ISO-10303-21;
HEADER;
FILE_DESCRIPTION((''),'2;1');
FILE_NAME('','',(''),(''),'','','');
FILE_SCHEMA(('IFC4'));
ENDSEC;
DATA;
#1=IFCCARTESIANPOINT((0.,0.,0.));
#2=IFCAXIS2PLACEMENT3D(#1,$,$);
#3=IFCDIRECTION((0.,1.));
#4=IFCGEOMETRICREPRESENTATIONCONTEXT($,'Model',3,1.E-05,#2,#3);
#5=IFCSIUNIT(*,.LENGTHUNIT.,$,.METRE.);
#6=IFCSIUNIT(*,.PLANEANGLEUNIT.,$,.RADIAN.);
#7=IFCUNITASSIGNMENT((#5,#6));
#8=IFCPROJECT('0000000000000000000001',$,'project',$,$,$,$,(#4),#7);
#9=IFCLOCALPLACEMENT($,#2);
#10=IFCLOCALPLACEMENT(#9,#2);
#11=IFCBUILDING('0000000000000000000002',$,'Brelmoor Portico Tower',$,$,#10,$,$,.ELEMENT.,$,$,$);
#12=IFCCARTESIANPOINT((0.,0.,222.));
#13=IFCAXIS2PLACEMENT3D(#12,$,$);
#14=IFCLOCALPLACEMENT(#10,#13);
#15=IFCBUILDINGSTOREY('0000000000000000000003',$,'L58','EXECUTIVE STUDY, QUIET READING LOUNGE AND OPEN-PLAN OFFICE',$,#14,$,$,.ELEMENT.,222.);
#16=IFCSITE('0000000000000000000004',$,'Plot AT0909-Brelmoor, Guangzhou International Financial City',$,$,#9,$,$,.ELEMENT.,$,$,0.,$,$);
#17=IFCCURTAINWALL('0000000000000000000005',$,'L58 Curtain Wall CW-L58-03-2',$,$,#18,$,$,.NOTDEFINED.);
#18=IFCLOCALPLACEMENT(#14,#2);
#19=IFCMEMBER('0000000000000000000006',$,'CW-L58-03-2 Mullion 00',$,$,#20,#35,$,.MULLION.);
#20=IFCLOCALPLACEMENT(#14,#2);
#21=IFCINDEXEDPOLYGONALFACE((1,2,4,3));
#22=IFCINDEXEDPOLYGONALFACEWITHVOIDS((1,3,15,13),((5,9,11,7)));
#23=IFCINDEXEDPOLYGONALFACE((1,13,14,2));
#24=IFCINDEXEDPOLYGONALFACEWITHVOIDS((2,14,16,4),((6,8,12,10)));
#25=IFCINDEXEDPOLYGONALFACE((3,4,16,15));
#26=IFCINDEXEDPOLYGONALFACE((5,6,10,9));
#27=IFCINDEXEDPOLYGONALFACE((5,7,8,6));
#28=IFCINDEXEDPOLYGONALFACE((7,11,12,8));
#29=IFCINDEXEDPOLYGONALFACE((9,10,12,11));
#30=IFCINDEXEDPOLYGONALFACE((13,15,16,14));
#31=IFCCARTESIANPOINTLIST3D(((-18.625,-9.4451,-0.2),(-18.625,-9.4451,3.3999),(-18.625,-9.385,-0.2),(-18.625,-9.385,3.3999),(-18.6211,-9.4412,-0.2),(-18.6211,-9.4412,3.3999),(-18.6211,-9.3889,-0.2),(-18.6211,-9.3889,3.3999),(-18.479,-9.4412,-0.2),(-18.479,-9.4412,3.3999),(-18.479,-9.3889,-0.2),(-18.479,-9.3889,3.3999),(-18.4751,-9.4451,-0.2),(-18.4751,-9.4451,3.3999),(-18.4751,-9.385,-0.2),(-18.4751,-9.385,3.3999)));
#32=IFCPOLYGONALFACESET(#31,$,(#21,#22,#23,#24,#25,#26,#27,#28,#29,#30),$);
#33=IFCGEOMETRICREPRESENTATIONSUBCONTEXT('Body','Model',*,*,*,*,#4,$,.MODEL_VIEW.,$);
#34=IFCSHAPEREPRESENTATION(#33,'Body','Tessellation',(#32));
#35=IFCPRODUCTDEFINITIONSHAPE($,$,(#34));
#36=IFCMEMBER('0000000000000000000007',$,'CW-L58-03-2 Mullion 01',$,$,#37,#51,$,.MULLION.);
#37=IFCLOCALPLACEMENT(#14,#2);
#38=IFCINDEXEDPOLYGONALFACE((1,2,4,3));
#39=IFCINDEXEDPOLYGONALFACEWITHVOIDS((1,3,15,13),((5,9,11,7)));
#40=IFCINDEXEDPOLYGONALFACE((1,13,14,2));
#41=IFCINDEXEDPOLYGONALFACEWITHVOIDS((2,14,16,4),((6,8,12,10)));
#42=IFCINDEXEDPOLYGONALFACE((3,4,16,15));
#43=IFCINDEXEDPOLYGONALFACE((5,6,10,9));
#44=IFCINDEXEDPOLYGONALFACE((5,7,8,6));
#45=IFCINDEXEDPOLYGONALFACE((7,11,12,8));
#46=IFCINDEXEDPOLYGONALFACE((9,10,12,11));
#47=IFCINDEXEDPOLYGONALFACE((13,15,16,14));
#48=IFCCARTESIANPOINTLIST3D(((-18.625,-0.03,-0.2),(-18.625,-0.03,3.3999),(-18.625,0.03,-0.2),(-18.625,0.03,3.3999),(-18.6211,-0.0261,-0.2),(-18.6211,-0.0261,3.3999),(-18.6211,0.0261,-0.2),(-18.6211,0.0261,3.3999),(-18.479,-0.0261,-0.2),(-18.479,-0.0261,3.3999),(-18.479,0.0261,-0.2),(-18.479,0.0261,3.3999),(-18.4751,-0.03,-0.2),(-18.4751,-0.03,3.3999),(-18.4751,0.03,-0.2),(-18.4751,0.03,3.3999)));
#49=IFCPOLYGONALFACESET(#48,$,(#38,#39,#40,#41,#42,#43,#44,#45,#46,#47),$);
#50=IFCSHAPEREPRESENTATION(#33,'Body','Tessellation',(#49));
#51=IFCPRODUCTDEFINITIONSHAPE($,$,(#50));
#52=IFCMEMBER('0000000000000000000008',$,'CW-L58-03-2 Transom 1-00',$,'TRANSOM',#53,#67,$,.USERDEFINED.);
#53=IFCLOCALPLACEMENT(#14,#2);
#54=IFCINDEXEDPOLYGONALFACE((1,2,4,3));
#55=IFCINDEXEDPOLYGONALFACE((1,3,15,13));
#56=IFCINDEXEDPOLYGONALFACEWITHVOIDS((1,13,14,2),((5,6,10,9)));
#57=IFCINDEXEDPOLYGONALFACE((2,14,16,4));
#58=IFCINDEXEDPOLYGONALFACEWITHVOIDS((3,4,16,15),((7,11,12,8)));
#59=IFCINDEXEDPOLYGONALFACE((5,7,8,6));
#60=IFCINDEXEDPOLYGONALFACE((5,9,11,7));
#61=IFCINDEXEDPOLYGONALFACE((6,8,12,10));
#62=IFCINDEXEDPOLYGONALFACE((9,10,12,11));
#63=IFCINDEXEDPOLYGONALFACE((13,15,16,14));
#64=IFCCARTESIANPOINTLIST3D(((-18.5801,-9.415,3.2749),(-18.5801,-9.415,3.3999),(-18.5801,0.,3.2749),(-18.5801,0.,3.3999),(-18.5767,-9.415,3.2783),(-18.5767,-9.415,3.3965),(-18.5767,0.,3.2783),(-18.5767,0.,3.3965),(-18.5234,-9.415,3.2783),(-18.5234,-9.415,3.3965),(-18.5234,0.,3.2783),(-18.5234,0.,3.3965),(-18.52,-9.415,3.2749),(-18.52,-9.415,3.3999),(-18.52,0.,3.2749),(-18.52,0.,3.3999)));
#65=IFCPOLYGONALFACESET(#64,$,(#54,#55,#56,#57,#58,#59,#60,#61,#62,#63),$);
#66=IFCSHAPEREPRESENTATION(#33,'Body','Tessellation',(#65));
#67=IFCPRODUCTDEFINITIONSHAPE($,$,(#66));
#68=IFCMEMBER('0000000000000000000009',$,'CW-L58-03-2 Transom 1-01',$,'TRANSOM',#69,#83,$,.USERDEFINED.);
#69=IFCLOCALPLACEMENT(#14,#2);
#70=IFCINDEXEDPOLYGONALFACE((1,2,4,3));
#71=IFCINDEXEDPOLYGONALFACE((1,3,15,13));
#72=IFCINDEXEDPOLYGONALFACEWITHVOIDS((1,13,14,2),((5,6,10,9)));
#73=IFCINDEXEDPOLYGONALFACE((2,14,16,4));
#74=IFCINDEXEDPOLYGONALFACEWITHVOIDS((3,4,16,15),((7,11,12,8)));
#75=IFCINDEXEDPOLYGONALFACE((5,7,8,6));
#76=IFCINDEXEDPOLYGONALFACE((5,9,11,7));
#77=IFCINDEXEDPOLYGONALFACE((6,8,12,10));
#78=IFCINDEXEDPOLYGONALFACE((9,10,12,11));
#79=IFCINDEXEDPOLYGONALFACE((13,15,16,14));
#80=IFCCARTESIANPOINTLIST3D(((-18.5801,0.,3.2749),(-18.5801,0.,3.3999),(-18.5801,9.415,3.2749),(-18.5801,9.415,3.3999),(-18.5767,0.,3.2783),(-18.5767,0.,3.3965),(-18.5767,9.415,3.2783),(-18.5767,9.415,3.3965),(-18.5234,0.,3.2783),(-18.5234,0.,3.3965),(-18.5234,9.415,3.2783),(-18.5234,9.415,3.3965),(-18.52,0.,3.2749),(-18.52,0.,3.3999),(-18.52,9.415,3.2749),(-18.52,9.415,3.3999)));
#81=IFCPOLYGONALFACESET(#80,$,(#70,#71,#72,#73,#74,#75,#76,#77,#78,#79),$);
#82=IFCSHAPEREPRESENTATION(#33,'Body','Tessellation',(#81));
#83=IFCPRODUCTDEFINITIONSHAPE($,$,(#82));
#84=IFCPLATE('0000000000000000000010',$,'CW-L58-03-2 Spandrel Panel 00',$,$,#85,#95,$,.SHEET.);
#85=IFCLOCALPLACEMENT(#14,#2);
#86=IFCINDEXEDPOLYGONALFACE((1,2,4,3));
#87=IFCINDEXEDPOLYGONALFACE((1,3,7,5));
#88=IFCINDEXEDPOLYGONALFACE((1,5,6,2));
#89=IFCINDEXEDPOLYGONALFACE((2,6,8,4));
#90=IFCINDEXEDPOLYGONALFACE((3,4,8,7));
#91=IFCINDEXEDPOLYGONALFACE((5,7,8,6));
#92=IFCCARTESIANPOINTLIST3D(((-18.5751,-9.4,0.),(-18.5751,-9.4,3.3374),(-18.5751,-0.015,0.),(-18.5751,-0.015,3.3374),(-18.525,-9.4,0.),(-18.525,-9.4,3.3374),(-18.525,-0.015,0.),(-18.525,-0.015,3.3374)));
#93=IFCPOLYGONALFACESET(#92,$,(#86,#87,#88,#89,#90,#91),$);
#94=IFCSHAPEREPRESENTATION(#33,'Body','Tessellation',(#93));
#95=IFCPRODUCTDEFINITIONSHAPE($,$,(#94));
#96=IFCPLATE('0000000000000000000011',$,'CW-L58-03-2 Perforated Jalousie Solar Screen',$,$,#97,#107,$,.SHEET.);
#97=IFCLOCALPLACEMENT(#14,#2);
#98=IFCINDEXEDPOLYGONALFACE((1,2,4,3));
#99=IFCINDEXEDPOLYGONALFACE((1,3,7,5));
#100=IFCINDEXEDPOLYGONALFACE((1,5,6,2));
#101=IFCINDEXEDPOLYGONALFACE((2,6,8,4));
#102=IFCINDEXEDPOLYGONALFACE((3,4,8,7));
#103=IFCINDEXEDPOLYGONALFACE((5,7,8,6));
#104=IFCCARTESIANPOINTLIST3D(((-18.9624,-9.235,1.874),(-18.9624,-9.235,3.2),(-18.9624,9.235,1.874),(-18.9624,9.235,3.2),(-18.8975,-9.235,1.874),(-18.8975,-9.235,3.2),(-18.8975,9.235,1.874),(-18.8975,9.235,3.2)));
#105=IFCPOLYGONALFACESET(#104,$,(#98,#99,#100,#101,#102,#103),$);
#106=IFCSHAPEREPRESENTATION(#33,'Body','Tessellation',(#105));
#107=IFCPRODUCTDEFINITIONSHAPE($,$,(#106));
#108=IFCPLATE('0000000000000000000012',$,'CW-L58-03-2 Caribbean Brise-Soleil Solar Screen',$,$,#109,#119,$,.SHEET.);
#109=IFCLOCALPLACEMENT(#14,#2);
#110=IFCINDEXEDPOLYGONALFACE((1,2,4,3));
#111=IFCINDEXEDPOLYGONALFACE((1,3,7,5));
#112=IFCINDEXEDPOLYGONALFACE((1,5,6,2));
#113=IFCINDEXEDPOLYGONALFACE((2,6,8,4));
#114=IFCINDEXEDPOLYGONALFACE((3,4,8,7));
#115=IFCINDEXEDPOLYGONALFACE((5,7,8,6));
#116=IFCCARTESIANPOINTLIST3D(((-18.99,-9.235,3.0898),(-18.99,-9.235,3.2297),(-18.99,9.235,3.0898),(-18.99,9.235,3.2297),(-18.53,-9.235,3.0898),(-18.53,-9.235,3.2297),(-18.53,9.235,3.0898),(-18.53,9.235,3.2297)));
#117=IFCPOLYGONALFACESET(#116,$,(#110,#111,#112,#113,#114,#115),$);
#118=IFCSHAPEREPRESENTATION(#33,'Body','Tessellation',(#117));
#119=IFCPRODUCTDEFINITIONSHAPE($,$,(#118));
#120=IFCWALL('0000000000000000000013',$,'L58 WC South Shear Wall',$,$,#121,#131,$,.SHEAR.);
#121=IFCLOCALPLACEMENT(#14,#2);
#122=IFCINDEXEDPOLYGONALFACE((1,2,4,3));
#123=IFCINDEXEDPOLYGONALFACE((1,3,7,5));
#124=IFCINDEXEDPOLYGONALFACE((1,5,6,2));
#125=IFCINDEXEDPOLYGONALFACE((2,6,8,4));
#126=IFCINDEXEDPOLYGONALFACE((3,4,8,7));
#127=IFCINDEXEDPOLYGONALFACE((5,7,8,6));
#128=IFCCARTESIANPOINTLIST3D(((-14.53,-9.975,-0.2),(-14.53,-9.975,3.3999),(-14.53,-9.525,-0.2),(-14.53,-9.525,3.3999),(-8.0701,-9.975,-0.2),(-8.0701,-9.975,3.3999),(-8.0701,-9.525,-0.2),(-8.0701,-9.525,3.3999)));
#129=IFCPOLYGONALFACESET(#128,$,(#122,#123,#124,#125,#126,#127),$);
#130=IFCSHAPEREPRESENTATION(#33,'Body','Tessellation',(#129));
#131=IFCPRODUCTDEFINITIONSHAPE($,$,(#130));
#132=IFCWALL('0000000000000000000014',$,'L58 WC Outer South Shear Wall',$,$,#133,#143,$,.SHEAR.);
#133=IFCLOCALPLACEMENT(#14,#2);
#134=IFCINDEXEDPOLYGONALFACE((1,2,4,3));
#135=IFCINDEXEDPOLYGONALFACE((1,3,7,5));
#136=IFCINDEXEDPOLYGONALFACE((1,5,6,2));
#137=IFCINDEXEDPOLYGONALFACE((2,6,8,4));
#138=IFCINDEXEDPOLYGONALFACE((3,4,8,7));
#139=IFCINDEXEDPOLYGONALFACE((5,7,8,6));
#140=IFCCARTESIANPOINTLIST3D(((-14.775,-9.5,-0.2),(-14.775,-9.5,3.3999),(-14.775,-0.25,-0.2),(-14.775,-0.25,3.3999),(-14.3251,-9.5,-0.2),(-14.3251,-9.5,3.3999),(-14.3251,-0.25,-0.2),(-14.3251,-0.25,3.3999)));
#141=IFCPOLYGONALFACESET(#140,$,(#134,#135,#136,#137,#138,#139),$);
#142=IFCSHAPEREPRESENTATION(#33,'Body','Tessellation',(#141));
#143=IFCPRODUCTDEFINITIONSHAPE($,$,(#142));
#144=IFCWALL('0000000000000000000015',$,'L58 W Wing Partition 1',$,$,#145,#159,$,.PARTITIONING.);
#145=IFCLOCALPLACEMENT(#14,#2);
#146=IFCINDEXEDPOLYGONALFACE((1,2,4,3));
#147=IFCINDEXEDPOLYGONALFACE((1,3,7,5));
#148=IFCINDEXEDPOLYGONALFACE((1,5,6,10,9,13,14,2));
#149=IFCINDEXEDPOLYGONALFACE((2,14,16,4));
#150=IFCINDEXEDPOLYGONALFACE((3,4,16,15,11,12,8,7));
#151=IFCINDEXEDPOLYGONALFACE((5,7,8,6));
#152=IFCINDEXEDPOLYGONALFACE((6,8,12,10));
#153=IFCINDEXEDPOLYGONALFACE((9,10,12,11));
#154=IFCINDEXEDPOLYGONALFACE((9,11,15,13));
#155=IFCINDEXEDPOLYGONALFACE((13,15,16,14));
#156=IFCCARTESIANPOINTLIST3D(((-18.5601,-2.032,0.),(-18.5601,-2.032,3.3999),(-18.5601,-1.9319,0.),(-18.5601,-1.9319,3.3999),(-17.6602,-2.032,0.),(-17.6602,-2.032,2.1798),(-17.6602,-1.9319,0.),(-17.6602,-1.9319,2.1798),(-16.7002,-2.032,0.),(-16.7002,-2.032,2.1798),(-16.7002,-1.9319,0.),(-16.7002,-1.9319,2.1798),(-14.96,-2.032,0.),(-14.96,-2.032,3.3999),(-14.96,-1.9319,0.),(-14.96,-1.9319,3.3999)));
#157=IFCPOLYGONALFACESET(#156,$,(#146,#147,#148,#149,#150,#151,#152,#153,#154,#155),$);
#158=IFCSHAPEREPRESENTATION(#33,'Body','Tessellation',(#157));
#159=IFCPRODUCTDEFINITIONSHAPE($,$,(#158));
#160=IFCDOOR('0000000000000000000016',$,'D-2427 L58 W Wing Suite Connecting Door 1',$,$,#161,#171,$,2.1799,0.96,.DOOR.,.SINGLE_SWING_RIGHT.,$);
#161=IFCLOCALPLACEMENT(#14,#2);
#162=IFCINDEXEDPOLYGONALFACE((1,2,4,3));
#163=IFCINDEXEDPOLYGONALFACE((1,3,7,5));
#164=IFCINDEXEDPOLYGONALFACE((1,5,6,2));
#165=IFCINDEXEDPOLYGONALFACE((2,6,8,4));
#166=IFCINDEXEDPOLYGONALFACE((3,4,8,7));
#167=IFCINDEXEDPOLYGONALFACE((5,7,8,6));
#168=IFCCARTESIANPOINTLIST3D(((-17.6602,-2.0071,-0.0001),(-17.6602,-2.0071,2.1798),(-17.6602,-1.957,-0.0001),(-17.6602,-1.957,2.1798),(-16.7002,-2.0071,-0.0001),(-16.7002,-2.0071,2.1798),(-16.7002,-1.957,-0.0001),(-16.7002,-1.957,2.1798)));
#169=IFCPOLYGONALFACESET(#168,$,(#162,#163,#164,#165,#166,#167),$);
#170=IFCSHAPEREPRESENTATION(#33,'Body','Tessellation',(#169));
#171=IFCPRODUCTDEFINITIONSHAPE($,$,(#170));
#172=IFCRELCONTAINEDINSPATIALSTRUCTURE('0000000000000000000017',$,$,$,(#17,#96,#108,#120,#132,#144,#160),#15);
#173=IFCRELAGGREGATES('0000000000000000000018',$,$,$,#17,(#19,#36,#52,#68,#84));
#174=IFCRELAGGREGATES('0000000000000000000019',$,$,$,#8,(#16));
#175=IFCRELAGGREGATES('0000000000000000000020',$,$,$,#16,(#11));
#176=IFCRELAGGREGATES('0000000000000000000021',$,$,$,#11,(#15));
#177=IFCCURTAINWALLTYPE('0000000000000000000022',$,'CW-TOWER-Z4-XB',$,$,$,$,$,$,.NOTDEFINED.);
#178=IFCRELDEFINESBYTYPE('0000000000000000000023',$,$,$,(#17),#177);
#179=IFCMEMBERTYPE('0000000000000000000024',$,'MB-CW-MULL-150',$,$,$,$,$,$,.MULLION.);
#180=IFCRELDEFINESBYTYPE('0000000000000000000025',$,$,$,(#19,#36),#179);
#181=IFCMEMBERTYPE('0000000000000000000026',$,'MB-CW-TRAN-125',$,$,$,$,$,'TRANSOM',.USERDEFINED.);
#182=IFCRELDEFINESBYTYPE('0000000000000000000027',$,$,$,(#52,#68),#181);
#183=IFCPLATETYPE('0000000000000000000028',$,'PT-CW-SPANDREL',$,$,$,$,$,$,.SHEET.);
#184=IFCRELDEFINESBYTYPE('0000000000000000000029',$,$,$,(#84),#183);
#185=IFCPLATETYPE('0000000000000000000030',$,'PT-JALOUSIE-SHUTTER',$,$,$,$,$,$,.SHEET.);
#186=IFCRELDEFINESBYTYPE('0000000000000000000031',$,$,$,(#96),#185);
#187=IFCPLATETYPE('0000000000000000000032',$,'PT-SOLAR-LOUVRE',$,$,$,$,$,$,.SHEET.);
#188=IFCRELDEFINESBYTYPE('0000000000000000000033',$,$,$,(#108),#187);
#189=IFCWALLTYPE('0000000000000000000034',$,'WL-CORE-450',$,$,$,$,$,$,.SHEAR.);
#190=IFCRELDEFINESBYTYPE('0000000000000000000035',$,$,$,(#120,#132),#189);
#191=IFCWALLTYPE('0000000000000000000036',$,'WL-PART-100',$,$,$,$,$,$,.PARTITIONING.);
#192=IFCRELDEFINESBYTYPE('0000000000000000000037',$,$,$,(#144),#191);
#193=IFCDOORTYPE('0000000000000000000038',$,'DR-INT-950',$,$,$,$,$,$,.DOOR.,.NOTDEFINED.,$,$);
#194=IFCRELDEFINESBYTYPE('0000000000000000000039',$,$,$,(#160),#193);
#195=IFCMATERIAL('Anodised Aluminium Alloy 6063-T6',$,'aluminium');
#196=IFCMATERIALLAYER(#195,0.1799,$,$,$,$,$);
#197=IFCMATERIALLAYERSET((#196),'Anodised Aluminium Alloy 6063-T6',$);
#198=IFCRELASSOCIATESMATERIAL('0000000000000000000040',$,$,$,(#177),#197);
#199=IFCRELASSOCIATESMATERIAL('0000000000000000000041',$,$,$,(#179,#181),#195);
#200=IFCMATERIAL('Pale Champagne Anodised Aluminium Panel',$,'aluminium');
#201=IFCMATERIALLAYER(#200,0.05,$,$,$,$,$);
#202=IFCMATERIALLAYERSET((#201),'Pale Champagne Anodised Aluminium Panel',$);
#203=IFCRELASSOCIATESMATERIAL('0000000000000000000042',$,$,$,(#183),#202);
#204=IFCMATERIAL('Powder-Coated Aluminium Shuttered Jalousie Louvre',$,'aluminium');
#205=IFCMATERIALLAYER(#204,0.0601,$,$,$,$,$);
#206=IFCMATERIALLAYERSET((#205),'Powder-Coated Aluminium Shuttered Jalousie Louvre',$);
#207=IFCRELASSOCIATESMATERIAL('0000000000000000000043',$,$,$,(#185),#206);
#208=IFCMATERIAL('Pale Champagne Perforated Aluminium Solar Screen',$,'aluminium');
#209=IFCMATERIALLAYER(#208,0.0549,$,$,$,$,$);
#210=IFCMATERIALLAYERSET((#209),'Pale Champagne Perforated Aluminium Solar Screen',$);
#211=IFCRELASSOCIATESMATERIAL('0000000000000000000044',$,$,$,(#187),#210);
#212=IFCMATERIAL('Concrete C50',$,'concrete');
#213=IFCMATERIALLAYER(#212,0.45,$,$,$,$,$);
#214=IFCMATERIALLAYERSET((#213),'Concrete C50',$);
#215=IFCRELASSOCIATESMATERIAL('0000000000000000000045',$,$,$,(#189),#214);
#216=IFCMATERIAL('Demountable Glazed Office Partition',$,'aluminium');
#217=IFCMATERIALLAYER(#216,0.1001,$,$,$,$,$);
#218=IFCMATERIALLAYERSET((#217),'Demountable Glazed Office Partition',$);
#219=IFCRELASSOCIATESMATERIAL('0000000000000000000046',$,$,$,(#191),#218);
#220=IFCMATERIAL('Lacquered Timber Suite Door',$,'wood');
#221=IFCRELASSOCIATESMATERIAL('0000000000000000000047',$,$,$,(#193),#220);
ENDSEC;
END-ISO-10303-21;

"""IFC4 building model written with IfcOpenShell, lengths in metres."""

from ifc_helpers import new_model, si_unit, direction, frame, frame_2d, origin, origin_2d, place, context, subcontext, project, spatial, rectangle, hollow_rectangle, extrude, material, layer, layer_set, material_profile, profile_set, type_object, element, fill, aggregate, save


model = new_model("IFC4")

# Units and contexts
model_context = context("Model", 3, precision=1e-05, world=origin(), true_north=direction((0.0, 1.0)))
body_context = subcontext(model_context, "Body", "Model", "MODEL_VIEW")
ifc_project = project(units=[si_unit("LENGTHUNIT", "METRE"), si_unit("PLANEANGLEUNIT", "RADIAN")], contexts=[model_context])

# Site, building, storey
site_placement = place(None, origin())
site = spatial("IfcSite", under=ifc_project, at=site_placement, Name="Plot AT0909-Brelmoor, Guangzhou International Financial City", CompositionType="ELEMENT", RefElevation=0.0)
building_placement = place(site_placement, origin())
building = spatial("IfcBuilding", under=site, at=building_placement, Name="Brelmoor Portico Tower", CompositionType="ELEMENT")
storey_placement = place(building_placement, frame((0.0, 0.0, 222.0)))
storey = spatial("IfcBuildingStorey", under=building, at=storey_placement, Name="L58", Description="EXECUTIVE STUDY, QUIET READING LOUNGE AND OPEN-PLAN OFFICE", CompositionType="ELEMENT", Elevation=222.0)

# Curtain wall, members, plate
ifc_material_1 = material(Name="Anodised Aluminium Alloy 6063-T6", Category="aluminium")
ifc_layer_1 = layer(ifc_material_1, 0.1799)
ifc_layer_set_1 = layer_set([ifc_layer_1], Name="Anodised Aluminium Alloy 6063-T6")
curtain_wall_type = type_object("IfcCurtainWallType", Name="CW-TOWER-Z4-XB", PredefinedType="NOTDEFINED", material=ifc_layer_set_1)
curtain_wall_placement = place(storey_placement, origin())
curtain_wall = element("IfcCurtainWall", 1, at=curtain_wall_placement, inside=storey, type_object=curtain_wall_type, Name="L58 Curtain Wall CW-L58-03-2", PredefinedType="NOTDEFINED")
ifc_material_profile_1 = material_profile(ifc_material_1, hollow_rectangle(XDim=0.0601, YDim=0.1499, WallThickness=0.0039, at=origin_2d()), Name="ALU MULLION 60x150")
ifc_profile_set_1 = profile_set([ifc_material_profile_1], Name="Anodised Aluminium Alloy 6063-T6")
member_type_1 = type_object("IfcMemberType", Name="MB-CW-MULL-150", PredefinedType="MULLION", material=ifc_profile_set_1)
member_1_placement = place(storey_placement, frame((-18.55, -9.415, -0.2), z_axis=(0.0, 0.0, 1.0), x_axis=(0.0, 1.0, 0.0)))
member_1 = element("IfcMember", 2, at=member_1_placement, type_object=member_type_1, Name="CW-L58-03-2 Mullion 00", PredefinedType="MULLION", context=body_context, shape_type="SweptSolid", body=[
    extrude(hollow_rectangle(XDim=0.0601, YDim=0.1499, WallThickness=0.0039, at=origin_2d()), origin(), (0.0, 0.0, 1.0), 3.5999),
])
member_2_placement = place(storey_placement, frame((-18.55, 0.0, -0.2), z_axis=(0.0, 0.0, 1.0), x_axis=(0.0, 1.0, 0.0)))
member_2 = element("IfcMember", 3, at=member_2_placement, type_object=member_type_1, Name="CW-L58-03-2 Mullion 01", PredefinedType="MULLION", context=body_context, shape_type="SweptSolid", body=[
    extrude(hollow_rectangle(XDim=0.0601, YDim=0.1499, WallThickness=0.0039, at=origin_2d()), origin(), (0.0, 0.0, 1.0), 3.5999),
])
ifc_material_profile_2 = material_profile(ifc_material_1, hollow_rectangle(XDim=0.0601, YDim=0.125, WallThickness=0.0034, at=origin_2d()), Name="ALU TRANSOM 60x125")
ifc_profile_set_2 = profile_set([ifc_material_profile_2], Name="Anodised Aluminium Alloy 6063-T6")
member_type_2 = type_object("IfcMemberType", Name="MB-CW-TRAN-125", ElementType="TRANSOM", PredefinedType="USERDEFINED", material=ifc_profile_set_2)
member_3_placement = place(storey_placement, frame((-18.55, -9.415, 3.3374), z_axis=(0.0, 1.0, 0.0), x_axis=(-1.0, 0.0, 0.0)))
member_3 = element("IfcMember", 4, at=member_3_placement, type_object=member_type_2, Name="CW-L58-03-2 Transom 1-00", ObjectType="TRANSOM", PredefinedType="USERDEFINED", context=body_context, shape_type="SweptSolid", body=[
    extrude(hollow_rectangle(XDim=0.0601, YDim=0.125, WallThickness=0.0034, at=origin_2d()), origin(), (0.0, 0.0, 1.0), 9.415),
])
member_4_placement = place(storey_placement, frame((-18.55, 0.0, 3.3374), z_axis=(0.0, 1.0, 0.0), x_axis=(-1.0, 0.0, 0.0)))
member_4 = element("IfcMember", 5, at=member_4_placement, type_object=member_type_2, Name="CW-L58-03-2 Transom 1-01", ObjectType="TRANSOM", PredefinedType="USERDEFINED", context=body_context, shape_type="SweptSolid", body=[
    extrude(hollow_rectangle(XDim=0.0601, YDim=0.125, WallThickness=0.0034, at=origin_2d()), origin(), (0.0, 0.0, 1.0), 9.415),
])
ifc_material_2 = material(Name="Pale Champagne Anodised Aluminium Panel", Category="aluminium")
ifc_layer_2 = layer(ifc_material_2, 0.05)
ifc_layer_set_2 = layer_set([ifc_layer_2], Name="Pale Champagne Anodised Aluminium Panel")
plate_type_1 = type_object("IfcPlateType", Name="PT-CW-SPANDREL", PredefinedType="SHEET", material=ifc_layer_set_2)
plate_1_placement = place(storey_placement, frame((-18.55, -4.7075, 0.0), z_axis=(0.0, 0.0, 1.0), x_axis=(0.0, 1.0, 0.0)))
plate_1 = element("IfcPlate", 6, at=plate_1_placement, type_object=plate_type_1, Name="CW-L58-03-2 Spandrel Panel 00", PredefinedType="SHEET", context=body_context, shape_type="SweptSolid", body=[
    extrude(rectangle(XDim=9.385, YDim=0.05, at=origin_2d()), origin(), (0.0, 0.0, 1.0), 3.3374),
])
aggregate(curtain_wall, [member_1, member_2, member_3, member_4, plate_1])

# Plates
ifc_material_3 = material(Name="Powder-Coated Aluminium Shuttered Jalousie Louvre", Category="aluminium")
ifc_layer_3 = layer(ifc_material_3, 0.0601)
ifc_layer_set_3 = layer_set([ifc_layer_3], Name="Powder-Coated Aluminium Shuttered Jalousie Louvre")
plate_type_2 = type_object("IfcPlateType", Name="PT-JALOUSIE-SHUTTER", PredefinedType="SHEET", material=ifc_layer_set_3)
plate_2_placement = place(storey_placement, frame((-18.9299, 0.0, 1.874), z_axis=(0.0, 0.0, 1.0), x_axis=(0.0, 1.0, 0.0)))
element("IfcPlate", 7, at=plate_2_placement, inside=storey, type_object=plate_type_2, Name="CW-L58-03-2 Perforated Jalousie Solar Screen", PredefinedType="SHEET", context=body_context, shape_type="SweptSolid", body=[
    extrude(rectangle(XDim=18.47, YDim=0.0649, at=origin_2d()), origin(), (0.0, 0.0, 1.0), 1.3259),
])
ifc_material_4 = material(Name="Pale Champagne Perforated Aluminium Solar Screen", Category="aluminium")
ifc_layer_4 = layer(ifc_material_4, 0.0549)
ifc_layer_set_4 = layer_set([ifc_layer_4], Name="Pale Champagne Perforated Aluminium Solar Screen")
plate_type_3 = type_object("IfcPlateType", Name="PT-SOLAR-LOUVRE", PredefinedType="SHEET", material=ifc_layer_set_4)
plate_3_placement = place(storey_placement, frame((-18.76, 0.0, 3.0898), z_axis=(0.0, 0.0, 1.0), x_axis=(0.0, 1.0, 0.0)))
element("IfcPlate", 8, at=plate_3_placement, inside=storey, type_object=plate_type_3, Name="CW-L58-03-2 Caribbean Brise-Soleil Solar Screen", PredefinedType="SHEET", context=body_context, shape_type="SweptSolid", body=[
    extrude(rectangle(XDim=18.47, YDim=0.46, at=origin_2d()), origin(), (0.0, 0.0, 1.0), 0.1399),
])

# Walls
ifc_material_5 = material(Name="Concrete C50", Category="concrete")
ifc_layer_5 = layer(ifc_material_5, 0.45)
ifc_layer_set_5 = layer_set([ifc_layer_5], Name="Concrete C50")
wall_type_1 = type_object("IfcWallType", Name="WL-CORE-450", PredefinedType="SHEAR", material=ifc_layer_set_5)
wall_1_placement = place(storey_placement, frame((-14.53, -9.75, -0.2), z_axis=(0.0, 0.0, 1.0), x_axis=(1.0, 0.0, 0.0)))
element("IfcWall", 9, at=wall_1_placement, inside=storey, type_object=wall_type_1, Name="L58 WC South Shear Wall", PredefinedType="SHEAR", context=body_context, shape_type="SweptSolid", body=[
    extrude(rectangle(XDim=6.46, YDim=0.45, at=frame_2d((3.23, 0.0))), origin(), (0.0, 0.0, 1.0), 3.5999),
])
wall_2_placement = place(storey_placement, frame((-14.55, -9.5, -0.2), z_axis=(0.0, 0.0, 1.0), x_axis=(0.0, 1.0, 0.0)))
element("IfcWall", 10, at=wall_2_placement, inside=storey, type_object=wall_type_1, Name="L58 WC Outer South Shear Wall", PredefinedType="SHEAR", context=body_context, shape_type="SweptSolid", body=[
    extrude(rectangle(XDim=9.25, YDim=0.45, at=frame_2d((4.625, 0.0))), origin(), (0.0, 0.0, 1.0), 3.5999),
])

# Wall, opening, door
ifc_material_6 = material(Name="Demountable Glazed Office Partition", Category="aluminium")
ifc_layer_6 = layer(ifc_material_6, 0.1001)
ifc_layer_set_6 = layer_set([ifc_layer_6], Name="Demountable Glazed Office Partition")
wall_type_2 = type_object("IfcWallType", Name="WL-PART-100", PredefinedType="PARTITIONING", material=ifc_layer_set_6)
wall_3_placement = place(storey_placement, frame((-18.5601, -1.9819, 0.0), z_axis=(0.0, 0.0, 1.0), x_axis=(1.0, 0.0, 0.0)))
wall_3 = element("IfcWall", 11, at=wall_3_placement, inside=storey, type_object=wall_type_2, Name="L58 W Wing Partition 1", PredefinedType="PARTITIONING", context=body_context, shape_type="SweptSolid", body=[
    extrude(rectangle(XDim=3.6001, YDim=0.1001, at=frame_2d((1.8, 0.0))), origin(), (0.0, 0.0, 1.0), 3.3999),
])
opening_1_placement = place(wall_3_placement, frame((0.8999, 0.0, 0.0)))
opening_1 = element("IfcOpeningElement", 12, at=opening_1_placement, cuts=wall_3, PredefinedType="OPENING", context=body_context, shape_type="SweptSolid", body=[
    extrude(rectangle(XDim=0.96, YDim=2.1799, at=frame_2d((0.48, 1.0898))), frame((0.0, 0.0601, 0.0), z_axis=(0.0, -1.0, 0.0), x_axis=(1.0, 0.0, 0.0)), (0.0, 0.0, 1.0), 0.1201),
])
ifc_material_7 = material(Name="Lacquered Timber Suite Door", Category="wood")
door_type_1 = type_object("IfcDoorType", Name="DR-INT-950", OperationType="NOTDEFINED", PredefinedType="DOOR", material=ifc_material_7)
door_1_placement = place(opening_1_placement, origin())
door_1 = element("IfcDoor", 13, at=door_1_placement, inside=storey, type_object=door_type_1, Name="D-2427 L58 W Wing Suite Connecting Door 1", OperationType="SINGLE_SWING_RIGHT", OverallHeight=2.1799, OverallWidth=0.96, PredefinedType="DOOR", context=body_context, shape_type="SweptSolid", body=[
    extrude(rectangle(XDim=0.96, YDim=2.1799, at=frame_2d((0.48, 1.0898))), frame((0.0, 0.0249, 0.0), z_axis=(0.0, -1.0, 0.0), x_axis=(1.0, 0.0, 0.0)), (0.0, 0.0, 1.0), 0.05),
])
fill(opening_1, door_1)

save(model, "model.ifc")
